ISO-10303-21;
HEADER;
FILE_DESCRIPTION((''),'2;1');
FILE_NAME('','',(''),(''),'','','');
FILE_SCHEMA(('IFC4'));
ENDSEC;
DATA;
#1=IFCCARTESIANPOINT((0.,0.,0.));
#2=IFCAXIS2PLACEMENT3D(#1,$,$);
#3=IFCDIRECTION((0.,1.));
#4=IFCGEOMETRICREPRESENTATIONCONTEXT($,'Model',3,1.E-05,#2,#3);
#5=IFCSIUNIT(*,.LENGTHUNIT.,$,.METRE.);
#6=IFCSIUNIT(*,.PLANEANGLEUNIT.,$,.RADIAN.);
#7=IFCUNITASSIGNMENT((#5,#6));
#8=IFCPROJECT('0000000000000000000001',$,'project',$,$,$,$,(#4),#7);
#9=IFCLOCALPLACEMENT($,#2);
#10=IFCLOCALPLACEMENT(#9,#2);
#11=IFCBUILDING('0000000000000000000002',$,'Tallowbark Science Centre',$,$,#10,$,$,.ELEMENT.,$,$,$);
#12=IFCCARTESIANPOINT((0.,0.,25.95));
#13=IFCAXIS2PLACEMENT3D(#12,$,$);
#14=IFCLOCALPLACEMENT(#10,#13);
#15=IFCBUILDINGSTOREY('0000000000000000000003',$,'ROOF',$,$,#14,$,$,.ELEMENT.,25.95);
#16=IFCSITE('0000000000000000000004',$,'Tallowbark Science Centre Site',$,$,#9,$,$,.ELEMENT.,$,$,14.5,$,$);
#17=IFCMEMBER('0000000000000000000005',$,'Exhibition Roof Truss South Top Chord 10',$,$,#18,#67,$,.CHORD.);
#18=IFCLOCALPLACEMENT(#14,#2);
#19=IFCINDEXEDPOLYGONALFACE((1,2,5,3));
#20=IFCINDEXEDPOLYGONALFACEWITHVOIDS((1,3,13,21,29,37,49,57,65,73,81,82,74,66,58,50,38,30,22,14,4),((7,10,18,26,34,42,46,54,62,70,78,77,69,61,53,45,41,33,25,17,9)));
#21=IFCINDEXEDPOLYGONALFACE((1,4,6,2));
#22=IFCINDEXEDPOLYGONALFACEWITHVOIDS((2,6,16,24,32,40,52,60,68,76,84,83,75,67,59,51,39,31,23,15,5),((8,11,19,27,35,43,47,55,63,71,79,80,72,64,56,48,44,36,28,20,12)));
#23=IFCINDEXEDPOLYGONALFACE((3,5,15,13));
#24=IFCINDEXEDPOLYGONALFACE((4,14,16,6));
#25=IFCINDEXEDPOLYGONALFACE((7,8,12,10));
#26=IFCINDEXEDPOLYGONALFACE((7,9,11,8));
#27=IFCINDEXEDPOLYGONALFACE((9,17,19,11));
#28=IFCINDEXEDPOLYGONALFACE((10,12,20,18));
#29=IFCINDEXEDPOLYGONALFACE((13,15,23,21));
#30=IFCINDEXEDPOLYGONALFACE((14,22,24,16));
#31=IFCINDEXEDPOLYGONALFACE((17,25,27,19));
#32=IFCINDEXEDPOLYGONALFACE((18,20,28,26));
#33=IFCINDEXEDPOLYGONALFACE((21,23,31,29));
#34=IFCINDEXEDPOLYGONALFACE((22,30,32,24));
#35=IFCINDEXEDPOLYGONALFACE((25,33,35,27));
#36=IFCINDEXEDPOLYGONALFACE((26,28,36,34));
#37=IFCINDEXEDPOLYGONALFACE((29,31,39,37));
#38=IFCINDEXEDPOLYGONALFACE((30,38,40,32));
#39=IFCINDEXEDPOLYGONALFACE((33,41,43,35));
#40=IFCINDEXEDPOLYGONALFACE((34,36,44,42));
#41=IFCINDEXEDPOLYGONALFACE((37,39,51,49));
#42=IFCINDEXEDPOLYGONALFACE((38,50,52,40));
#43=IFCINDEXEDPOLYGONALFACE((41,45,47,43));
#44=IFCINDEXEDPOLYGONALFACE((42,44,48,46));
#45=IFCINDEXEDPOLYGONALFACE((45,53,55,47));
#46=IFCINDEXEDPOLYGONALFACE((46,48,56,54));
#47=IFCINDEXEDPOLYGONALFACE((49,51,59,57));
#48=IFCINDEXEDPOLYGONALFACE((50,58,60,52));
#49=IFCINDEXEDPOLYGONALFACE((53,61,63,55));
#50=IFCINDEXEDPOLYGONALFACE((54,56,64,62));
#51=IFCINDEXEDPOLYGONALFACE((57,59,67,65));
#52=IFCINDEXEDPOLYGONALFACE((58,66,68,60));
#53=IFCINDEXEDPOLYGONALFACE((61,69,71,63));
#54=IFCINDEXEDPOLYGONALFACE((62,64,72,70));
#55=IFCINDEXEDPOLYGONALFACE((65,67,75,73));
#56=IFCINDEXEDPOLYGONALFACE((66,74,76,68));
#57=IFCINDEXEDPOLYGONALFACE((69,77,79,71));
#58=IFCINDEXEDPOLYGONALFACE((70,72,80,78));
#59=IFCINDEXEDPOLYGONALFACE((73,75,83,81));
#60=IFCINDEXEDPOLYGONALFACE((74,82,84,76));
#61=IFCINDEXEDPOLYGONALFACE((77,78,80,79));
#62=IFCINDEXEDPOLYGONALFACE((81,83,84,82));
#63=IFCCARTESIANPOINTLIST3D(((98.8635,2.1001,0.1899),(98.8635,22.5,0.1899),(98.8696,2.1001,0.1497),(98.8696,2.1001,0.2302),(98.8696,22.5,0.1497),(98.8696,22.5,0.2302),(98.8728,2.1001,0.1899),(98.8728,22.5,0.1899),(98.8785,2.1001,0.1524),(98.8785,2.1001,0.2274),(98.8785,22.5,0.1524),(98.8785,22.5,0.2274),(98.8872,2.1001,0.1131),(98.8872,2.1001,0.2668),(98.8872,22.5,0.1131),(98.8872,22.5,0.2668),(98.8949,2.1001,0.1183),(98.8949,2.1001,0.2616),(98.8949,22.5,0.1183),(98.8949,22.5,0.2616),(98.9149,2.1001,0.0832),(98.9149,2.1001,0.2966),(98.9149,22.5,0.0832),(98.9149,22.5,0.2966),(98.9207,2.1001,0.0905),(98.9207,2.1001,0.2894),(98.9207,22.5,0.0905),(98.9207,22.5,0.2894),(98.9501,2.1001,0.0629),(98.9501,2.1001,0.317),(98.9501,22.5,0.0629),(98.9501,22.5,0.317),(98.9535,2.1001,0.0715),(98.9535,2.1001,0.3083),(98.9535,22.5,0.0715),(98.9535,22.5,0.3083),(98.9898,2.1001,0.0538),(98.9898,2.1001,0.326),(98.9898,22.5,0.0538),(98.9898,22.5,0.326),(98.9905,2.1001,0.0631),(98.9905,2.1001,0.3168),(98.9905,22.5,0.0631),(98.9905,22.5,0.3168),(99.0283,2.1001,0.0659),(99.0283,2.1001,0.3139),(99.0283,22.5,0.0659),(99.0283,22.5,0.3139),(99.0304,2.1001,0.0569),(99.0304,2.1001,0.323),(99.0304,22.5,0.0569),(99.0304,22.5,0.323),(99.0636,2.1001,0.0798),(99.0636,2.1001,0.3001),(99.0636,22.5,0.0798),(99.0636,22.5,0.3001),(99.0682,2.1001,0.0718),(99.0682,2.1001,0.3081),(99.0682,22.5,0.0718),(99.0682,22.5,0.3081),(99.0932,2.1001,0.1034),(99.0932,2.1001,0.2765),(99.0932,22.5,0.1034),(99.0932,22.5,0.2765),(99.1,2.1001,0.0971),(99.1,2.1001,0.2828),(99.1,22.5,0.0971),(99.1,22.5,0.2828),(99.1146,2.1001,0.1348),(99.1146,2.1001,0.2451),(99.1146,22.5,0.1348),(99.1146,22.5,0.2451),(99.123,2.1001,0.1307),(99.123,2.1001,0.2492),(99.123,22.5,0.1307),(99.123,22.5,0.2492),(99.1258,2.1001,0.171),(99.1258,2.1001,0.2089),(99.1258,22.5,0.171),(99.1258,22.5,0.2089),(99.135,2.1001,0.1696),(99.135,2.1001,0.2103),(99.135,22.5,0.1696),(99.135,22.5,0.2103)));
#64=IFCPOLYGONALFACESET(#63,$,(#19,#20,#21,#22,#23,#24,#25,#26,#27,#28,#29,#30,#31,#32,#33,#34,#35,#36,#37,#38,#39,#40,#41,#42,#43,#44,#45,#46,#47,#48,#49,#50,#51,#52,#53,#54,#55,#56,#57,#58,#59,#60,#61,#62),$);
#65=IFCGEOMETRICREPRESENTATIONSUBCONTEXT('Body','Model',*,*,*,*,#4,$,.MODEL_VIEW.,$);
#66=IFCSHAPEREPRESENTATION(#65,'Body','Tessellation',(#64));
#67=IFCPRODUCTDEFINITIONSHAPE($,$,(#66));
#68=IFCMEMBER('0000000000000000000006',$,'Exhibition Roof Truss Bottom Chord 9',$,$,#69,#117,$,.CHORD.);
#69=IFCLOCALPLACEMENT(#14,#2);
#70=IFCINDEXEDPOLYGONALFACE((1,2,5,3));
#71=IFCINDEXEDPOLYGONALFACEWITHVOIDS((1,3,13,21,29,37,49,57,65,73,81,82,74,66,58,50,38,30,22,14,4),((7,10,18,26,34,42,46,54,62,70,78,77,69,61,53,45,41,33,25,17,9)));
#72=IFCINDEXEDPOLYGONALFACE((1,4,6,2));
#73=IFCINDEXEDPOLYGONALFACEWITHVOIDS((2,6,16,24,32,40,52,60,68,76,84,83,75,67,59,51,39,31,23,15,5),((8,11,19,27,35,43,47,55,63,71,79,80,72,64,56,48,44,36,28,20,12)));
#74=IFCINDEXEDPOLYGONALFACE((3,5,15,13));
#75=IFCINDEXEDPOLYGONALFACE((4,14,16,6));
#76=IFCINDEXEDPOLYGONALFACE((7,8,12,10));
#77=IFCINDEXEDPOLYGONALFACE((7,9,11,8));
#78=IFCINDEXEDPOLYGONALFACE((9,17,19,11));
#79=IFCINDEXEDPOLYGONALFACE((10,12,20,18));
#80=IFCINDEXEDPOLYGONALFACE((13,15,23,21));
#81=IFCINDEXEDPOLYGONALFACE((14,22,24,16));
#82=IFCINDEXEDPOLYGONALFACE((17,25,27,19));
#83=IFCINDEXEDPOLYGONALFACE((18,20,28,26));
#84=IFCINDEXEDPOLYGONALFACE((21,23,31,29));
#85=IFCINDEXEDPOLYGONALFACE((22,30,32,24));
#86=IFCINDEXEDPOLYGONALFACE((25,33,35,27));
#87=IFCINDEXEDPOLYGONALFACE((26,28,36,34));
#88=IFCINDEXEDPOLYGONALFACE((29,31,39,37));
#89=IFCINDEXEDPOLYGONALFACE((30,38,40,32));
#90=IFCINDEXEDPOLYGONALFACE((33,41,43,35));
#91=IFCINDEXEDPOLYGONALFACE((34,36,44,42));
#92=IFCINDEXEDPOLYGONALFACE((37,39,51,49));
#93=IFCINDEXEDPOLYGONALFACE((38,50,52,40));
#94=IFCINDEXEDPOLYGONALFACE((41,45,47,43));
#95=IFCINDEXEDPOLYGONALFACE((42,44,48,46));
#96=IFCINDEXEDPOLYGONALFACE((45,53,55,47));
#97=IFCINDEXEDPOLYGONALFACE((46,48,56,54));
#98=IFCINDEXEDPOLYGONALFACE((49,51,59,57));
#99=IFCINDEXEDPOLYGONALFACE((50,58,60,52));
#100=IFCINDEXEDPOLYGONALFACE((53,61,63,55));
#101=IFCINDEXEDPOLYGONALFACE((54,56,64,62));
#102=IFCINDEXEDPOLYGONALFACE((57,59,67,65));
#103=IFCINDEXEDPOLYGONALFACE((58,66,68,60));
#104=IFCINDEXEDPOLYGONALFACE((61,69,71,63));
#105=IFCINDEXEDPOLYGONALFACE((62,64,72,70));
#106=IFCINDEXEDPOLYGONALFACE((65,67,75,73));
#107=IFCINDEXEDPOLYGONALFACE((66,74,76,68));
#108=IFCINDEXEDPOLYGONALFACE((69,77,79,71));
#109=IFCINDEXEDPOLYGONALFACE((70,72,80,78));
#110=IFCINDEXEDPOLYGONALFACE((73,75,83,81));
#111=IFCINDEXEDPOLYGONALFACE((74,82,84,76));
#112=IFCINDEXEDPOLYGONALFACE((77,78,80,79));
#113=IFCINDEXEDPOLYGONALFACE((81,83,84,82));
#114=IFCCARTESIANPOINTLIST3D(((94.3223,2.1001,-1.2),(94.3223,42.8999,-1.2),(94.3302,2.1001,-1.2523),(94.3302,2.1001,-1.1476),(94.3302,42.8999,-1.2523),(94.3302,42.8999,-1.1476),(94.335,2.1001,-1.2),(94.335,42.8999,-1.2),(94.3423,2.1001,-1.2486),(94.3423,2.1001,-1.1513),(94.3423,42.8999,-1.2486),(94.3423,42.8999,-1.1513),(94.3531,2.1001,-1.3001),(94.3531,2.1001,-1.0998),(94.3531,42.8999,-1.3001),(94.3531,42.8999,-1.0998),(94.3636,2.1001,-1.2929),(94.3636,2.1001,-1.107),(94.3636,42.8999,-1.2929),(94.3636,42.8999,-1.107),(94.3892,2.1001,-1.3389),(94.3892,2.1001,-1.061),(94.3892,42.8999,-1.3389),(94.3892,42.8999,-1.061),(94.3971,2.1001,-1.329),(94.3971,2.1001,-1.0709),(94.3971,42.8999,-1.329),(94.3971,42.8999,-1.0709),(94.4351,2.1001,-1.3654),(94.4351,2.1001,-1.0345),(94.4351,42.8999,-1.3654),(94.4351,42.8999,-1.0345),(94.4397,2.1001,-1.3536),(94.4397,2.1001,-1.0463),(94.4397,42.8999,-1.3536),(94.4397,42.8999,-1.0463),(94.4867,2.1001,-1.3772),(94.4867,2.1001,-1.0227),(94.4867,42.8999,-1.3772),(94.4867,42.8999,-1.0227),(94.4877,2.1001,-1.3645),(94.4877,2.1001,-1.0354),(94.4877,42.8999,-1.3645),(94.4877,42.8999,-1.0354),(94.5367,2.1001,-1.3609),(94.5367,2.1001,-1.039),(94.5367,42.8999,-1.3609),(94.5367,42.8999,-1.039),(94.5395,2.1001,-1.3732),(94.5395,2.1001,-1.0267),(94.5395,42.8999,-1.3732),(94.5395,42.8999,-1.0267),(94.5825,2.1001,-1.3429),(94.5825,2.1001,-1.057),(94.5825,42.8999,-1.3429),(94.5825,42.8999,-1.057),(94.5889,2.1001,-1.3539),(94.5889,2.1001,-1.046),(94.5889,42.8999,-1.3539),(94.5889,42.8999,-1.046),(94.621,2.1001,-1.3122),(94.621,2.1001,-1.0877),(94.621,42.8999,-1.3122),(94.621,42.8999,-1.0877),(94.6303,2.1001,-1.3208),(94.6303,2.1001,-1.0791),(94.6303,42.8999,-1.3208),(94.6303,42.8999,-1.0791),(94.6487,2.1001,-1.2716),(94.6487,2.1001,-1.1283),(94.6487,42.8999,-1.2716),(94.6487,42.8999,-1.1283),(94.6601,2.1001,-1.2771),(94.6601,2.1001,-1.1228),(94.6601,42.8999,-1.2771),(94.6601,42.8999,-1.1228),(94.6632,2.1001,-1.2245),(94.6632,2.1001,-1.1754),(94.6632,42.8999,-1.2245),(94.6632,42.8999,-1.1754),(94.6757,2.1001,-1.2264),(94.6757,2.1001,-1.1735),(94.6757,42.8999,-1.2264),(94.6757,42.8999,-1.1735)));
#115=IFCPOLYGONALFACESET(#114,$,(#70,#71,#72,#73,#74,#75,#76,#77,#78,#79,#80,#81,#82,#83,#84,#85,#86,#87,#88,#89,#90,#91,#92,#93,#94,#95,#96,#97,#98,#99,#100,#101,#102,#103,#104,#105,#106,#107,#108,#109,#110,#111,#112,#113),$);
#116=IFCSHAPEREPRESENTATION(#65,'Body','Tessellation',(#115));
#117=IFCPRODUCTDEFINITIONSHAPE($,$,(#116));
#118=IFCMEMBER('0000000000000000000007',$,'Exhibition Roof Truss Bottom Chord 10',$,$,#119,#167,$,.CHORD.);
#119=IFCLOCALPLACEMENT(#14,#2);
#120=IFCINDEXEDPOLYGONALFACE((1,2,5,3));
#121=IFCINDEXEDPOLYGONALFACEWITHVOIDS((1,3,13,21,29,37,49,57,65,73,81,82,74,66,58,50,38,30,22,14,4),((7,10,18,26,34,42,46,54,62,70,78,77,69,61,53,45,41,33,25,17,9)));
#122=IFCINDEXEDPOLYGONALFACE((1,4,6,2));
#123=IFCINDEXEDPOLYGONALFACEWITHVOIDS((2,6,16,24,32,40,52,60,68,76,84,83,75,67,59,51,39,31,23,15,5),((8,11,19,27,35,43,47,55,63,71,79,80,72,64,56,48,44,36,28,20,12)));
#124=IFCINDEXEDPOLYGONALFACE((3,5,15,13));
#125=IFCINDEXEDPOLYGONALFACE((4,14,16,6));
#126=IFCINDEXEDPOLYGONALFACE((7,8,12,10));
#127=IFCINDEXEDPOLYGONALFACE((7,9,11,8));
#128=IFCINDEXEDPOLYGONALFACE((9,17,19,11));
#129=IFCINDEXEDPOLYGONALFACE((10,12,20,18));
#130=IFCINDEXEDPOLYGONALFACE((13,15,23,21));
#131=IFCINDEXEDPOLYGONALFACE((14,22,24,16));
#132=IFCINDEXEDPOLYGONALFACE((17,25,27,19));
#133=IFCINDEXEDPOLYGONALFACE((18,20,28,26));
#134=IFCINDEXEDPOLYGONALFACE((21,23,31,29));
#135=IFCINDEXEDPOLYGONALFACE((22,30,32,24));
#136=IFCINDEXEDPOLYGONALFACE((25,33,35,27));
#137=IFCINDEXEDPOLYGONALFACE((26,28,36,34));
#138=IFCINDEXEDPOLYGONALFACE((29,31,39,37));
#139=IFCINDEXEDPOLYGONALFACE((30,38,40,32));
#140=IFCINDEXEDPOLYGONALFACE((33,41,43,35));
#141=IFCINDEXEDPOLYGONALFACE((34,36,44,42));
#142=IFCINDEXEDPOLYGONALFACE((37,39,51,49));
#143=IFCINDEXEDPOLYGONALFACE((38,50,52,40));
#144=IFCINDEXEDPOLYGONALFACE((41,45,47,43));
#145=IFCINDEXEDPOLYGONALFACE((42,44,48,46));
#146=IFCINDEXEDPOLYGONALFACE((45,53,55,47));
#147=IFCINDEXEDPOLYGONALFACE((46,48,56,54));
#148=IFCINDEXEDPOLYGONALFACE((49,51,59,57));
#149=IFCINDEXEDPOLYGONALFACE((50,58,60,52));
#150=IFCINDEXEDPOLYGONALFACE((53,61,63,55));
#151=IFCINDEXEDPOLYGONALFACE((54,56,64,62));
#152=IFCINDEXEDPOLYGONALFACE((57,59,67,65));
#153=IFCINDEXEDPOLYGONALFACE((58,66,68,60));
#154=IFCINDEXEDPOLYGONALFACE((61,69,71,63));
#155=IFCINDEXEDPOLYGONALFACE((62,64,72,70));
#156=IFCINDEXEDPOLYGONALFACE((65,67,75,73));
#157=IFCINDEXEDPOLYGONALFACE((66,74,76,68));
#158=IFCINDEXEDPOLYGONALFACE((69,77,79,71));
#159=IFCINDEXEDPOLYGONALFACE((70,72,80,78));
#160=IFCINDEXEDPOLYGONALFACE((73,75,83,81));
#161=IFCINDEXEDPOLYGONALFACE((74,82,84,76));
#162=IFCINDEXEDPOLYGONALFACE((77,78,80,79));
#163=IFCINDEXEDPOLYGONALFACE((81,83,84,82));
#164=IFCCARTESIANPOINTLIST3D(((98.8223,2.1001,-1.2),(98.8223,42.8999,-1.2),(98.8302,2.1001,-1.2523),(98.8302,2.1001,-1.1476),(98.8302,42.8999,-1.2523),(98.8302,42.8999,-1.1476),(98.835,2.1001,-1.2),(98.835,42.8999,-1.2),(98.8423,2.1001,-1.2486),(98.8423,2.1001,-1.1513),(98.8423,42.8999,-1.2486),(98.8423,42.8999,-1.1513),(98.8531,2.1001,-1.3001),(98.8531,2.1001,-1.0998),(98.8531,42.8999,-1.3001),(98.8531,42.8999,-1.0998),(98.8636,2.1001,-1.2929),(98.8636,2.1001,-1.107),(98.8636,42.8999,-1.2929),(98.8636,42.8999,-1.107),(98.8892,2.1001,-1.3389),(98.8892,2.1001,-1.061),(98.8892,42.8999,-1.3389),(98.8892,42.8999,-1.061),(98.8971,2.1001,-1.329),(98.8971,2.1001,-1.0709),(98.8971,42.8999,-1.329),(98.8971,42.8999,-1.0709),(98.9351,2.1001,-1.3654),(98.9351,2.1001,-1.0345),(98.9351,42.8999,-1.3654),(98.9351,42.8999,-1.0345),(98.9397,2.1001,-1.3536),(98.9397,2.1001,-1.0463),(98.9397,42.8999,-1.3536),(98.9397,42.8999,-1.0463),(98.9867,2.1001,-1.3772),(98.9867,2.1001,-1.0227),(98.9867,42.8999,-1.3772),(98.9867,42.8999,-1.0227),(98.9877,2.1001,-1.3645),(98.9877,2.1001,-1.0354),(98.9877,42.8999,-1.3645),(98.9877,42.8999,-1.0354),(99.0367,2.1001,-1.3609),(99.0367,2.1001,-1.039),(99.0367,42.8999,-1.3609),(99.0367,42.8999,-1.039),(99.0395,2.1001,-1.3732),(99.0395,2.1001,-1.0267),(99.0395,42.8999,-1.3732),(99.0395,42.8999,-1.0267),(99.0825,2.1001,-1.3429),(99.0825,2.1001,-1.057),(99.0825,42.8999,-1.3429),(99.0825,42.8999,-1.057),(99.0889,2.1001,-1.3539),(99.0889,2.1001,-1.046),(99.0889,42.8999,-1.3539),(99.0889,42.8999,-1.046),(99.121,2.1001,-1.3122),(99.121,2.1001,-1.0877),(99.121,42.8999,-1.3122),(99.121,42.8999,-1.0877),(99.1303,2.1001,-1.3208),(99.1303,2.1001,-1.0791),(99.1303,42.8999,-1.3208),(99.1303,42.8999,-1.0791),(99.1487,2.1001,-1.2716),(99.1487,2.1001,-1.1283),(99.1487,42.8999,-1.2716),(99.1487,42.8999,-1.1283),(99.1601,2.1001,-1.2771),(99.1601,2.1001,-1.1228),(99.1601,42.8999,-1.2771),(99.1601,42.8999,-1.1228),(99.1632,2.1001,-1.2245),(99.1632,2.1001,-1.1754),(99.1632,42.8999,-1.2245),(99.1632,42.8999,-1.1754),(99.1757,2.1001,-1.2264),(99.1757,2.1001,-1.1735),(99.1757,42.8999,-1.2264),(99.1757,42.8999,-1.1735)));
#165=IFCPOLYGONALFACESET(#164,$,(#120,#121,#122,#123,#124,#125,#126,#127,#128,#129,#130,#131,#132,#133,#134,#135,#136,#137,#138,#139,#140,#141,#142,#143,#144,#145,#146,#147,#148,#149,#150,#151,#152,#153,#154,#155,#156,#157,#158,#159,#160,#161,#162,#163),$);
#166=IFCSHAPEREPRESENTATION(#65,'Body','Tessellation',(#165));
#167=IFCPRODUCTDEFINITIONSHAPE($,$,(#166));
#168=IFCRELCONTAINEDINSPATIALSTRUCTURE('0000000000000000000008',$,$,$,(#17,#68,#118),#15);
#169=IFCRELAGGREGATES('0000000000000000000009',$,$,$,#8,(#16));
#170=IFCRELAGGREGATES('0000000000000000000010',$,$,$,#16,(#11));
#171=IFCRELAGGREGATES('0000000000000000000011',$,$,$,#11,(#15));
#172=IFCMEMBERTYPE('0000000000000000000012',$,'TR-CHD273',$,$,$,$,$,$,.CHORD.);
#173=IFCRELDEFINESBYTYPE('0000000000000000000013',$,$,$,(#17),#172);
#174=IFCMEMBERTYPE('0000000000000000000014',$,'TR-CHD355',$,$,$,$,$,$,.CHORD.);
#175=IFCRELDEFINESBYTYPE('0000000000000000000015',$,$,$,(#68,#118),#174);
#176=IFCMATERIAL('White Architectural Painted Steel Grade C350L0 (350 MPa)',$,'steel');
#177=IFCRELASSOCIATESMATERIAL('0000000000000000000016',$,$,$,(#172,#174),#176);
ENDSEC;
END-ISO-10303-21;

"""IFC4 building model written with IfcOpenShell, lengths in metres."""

from ifc_helpers import new_model, si_unit, direction, frame, origin, origin_2d, place, context, subcontext, project, spatial, hollow_circle, extrude, material, material_profile, profile_set, type_object, element, save


model = new_model("IFC4")

# Units and contexts
model_context = context("Model", 3, precision=1e-05, world=origin(), true_north=direction((0.0, 1.0)))
body_context = subcontext(model_context, "Body", "Model", "MODEL_VIEW")
ifc_project = project(units=[si_unit("LENGTHUNIT", "METRE"), si_unit("PLANEANGLEUNIT", "RADIAN")], contexts=[model_context])

# Site, building, storey
site_placement = place(None, origin())
site = spatial("IfcSite", under=ifc_project, at=site_placement, Name="Tallowbark Science Centre Site", CompositionType="ELEMENT", RefElevation=14.5)
building_placement = place(site_placement, origin())
building = spatial("IfcBuilding", under=site, at=building_placement, Name="Tallowbark Science Centre", CompositionType="ELEMENT")
storey_placement = place(building_placement, frame((0.0, 0.0, 25.95)))
storey = spatial("IfcBuildingStorey", under=building, at=storey_placement, Name="ROOF", CompositionType="ELEMENT", Elevation=25.95)

# Shared definitions
ifc_material_1 = material(Name="White Architectural Painted Steel Grade C350L0 (350 MPa)", Category="steel")

# Members
ifc_material_profile_1 = material_profile(ifc_material_1, hollow_circle(Radius=0.1365, WallThickness=0.0093, at=origin_2d()), Name="273.1x9.3CHS")
ifc_profile_set_1 = profile_set([ifc_material_profile_1], Name="White Architectural Painted Steel Grade C350L0 (350 MPa)")
member_type_1 = type_object("IfcMemberType", Name="TR-CHD273", PredefinedType="CHORD", material=ifc_profile_set_1)
for number, where, z_axis, x_axis, name in (
    (1, (99.0, 2.1001, 0.1899), (0.0, 1.0, 0.0), (-1.0, 0.0, 0.0), "Exhibition Roof Truss South Top Chord 10"),
):
    element("IfcMember", number, at=place(storey_placement, frame(where, z_axis=z_axis, x_axis=x_axis)), inside=storey, type_object=member_type_1, Name=name, PredefinedType="CHORD", context=body_context, shape_type="SweptSolid", body=[
        extrude(hollow_circle(Radius=0.1365, WallThickness=0.0093, at=origin_2d()), origin(), (0.0, 0.0, 1.0), 20.3999),
    ])
ifc_material_profile_2 = material_profile(ifc_material_1, hollow_circle(Radius=0.1777, WallThickness=0.0127, at=origin_2d()), Name="355.6x12.7CHS")
ifc_profile_set_2 = profile_set([ifc_material_profile_2], Name="White Architectural Painted Steel Grade C350L0 (350 MPa)")
member_type_2 = type_object("IfcMemberType", Name="TR-CHD355", PredefinedType="CHORD", material=ifc_profile_set_2)
for number, where, z_axis, x_axis, name in (
    (2, (94.5, 2.1001, -1.2), (0.0, 1.0, 0.0), (-1.0, 0.0, 0.0), "Exhibition Roof Truss Bottom Chord 9"),
    (3, (99.0, 2.1001, -1.2), (0.0, 1.0, 0.0), (-1.0, 0.0, 0.0), "Exhibition Roof Truss Bottom Chord 10"),
):
    element("IfcMember", number, at=place(storey_placement, frame(where, z_axis=z_axis, x_axis=x_axis)), inside=storey, type_object=member_type_2, Name=name, PredefinedType="CHORD", context=body_context, shape_type="SweptSolid", body=[
        extrude(hollow_circle(Radius=0.1777, WallThickness=0.0127, at=origin_2d()), origin(), (0.0, 0.0, 1.0), 40.7998),
    ])

save(model, "model.ifc")
